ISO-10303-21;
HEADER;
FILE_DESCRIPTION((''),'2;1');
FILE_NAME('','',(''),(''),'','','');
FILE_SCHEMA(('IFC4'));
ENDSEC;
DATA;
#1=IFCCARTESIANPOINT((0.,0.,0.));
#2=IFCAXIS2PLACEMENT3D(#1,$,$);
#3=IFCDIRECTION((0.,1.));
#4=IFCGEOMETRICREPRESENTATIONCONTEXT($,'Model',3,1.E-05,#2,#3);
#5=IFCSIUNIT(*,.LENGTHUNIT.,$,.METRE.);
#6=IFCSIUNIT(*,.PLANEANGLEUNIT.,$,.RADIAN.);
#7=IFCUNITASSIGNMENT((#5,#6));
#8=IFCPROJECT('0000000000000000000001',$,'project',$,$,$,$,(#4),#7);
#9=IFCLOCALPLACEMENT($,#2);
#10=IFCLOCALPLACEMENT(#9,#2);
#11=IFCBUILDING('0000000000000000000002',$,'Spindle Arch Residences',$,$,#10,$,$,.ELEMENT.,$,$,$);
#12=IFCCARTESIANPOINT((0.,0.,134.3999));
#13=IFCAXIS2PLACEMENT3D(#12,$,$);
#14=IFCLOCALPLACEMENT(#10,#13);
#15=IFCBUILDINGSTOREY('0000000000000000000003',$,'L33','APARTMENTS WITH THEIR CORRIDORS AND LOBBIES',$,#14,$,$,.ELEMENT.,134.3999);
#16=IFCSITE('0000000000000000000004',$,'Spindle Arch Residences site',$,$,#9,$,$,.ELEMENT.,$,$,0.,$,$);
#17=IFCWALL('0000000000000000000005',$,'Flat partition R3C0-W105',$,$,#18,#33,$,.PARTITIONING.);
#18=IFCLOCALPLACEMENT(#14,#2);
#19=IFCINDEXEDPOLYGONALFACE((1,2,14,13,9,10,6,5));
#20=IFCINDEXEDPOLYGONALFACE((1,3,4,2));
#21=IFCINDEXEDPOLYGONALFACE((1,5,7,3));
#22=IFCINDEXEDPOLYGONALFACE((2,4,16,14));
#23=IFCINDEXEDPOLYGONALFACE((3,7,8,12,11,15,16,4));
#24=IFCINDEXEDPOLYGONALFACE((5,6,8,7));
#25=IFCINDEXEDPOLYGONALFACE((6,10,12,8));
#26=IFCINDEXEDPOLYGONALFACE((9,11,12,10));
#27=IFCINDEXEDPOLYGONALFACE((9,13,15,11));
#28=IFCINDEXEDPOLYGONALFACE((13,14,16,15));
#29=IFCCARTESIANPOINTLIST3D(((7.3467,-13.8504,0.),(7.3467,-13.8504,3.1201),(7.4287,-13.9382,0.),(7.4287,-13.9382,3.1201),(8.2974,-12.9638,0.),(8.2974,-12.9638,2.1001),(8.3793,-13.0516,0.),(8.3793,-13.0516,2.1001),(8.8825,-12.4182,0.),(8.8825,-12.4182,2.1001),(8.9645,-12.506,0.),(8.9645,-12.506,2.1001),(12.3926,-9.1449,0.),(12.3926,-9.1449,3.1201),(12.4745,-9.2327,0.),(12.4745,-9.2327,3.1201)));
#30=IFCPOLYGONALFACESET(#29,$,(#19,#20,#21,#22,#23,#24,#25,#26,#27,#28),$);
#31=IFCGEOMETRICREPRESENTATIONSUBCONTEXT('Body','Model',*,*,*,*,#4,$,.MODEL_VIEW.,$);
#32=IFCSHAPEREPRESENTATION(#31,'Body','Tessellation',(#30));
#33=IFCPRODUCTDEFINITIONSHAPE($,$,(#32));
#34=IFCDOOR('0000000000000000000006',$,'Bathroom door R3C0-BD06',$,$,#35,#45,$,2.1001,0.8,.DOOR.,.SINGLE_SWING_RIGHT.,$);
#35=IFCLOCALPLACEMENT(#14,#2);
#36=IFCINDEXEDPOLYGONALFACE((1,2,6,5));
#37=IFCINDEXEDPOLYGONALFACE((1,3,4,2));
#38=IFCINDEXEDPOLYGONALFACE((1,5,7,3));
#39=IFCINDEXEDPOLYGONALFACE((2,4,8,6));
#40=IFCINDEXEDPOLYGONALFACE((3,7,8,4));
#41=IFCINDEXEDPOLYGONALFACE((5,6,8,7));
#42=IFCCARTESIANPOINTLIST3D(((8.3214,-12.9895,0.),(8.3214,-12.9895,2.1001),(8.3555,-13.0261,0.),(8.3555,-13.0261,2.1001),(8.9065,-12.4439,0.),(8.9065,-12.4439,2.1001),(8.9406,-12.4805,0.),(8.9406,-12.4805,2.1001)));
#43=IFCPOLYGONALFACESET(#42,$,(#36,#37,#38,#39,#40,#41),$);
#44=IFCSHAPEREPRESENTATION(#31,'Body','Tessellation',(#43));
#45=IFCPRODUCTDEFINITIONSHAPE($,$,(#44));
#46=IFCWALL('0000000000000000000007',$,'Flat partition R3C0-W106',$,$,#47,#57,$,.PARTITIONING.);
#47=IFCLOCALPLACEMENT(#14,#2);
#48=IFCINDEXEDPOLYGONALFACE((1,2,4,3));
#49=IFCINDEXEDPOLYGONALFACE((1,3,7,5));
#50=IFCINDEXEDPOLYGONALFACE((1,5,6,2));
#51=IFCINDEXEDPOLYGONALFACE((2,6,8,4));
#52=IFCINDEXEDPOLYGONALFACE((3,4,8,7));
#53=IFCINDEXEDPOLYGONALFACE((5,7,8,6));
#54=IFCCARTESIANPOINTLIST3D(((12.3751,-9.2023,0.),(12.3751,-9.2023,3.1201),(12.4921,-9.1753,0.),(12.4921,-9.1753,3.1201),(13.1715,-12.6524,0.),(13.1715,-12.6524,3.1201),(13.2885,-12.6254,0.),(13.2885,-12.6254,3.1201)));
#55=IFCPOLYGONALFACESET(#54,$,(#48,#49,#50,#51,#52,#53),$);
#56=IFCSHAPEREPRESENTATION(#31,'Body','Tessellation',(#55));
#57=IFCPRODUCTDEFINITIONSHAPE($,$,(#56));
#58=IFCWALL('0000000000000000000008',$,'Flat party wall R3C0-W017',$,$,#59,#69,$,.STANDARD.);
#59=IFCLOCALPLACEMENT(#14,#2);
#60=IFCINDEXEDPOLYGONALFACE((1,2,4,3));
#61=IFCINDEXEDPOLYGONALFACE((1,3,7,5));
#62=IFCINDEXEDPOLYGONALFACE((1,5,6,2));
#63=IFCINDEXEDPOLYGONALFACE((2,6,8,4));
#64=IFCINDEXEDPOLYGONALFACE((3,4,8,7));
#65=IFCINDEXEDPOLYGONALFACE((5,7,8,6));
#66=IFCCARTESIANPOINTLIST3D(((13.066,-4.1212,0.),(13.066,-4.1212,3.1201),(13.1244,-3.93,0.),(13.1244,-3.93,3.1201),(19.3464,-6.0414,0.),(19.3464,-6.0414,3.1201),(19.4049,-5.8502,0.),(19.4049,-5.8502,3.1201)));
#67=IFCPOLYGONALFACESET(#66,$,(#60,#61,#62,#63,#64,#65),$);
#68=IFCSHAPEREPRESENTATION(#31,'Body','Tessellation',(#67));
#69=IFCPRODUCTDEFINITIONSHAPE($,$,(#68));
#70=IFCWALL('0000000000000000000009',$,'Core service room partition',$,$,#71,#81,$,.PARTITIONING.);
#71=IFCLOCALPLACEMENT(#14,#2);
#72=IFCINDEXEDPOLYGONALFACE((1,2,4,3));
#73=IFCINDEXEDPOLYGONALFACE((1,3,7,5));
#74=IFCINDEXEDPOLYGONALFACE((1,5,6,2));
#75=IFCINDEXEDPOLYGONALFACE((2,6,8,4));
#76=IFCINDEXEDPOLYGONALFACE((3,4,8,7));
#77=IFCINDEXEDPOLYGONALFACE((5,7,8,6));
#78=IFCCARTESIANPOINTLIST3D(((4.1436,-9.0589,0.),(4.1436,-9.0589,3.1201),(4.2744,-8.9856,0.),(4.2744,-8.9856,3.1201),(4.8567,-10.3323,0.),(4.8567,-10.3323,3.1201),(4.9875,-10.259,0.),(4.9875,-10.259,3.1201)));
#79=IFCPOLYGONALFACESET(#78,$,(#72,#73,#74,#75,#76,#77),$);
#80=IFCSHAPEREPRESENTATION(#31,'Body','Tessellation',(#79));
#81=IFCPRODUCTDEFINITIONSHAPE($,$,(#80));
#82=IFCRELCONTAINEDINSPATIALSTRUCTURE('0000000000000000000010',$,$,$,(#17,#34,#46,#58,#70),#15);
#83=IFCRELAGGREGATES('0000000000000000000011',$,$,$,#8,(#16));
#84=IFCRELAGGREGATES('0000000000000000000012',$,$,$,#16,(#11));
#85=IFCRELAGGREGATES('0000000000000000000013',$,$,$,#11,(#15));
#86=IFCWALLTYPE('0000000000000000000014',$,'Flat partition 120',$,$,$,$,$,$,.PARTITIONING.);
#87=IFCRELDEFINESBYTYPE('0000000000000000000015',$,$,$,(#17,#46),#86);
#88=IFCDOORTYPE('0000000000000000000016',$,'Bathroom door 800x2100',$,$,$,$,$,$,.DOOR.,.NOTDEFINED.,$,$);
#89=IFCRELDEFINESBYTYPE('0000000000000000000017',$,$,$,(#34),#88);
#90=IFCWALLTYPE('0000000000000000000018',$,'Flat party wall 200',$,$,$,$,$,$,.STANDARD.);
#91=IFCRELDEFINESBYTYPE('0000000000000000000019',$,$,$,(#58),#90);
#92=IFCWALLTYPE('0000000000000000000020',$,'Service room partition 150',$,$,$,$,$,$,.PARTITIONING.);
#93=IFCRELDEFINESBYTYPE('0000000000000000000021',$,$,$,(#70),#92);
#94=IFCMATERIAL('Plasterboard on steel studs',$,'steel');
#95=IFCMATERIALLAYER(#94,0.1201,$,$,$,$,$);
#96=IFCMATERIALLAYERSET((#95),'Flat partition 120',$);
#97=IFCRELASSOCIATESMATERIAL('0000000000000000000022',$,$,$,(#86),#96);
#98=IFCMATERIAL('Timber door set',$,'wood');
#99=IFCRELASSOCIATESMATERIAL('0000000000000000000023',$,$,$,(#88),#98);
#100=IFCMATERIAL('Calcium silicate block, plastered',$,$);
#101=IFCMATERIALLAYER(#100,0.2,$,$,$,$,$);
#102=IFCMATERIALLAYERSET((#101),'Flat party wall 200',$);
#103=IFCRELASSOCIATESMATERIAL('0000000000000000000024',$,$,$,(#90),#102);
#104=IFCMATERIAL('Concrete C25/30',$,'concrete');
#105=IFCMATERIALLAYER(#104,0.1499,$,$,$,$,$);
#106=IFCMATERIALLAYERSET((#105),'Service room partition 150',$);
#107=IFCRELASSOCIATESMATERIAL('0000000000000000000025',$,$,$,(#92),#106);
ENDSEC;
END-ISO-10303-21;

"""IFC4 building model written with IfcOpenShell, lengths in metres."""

from ifc_helpers import new_model, si_unit, direction, frame, frame_2d, origin, place, context, subcontext, project, spatial, rectangle, extrude, material, layer, layer_set, type_object, element, fill, save


model = new_model("IFC4")

# Units and contexts
model_context = context("Model", 3, precision=1e-05, world=origin(), true_north=direction((0.0, 1.0)))
body_context = subcontext(model_context, "Body", "Model", "MODEL_VIEW")
ifc_project = project(units=[si_unit("LENGTHUNIT", "METRE"), si_unit("PLANEANGLEUNIT", "RADIAN")], contexts=[model_context])

# Site, building, storey
site_placement = place(None, origin())
site = spatial("IfcSite", under=ifc_project, at=site_placement, Name="Spindle Arch Residences site", CompositionType="ELEMENT", RefElevation=0.0)
building_placement = place(site_placement, origin())
building = spatial("IfcBuilding", under=site, at=building_placement, Name="Spindle Arch Residences", CompositionType="ELEMENT")
storey_placement = place(building_placement, frame((0.0, 0.0, 134.3999)))
storey = spatial("IfcBuildingStorey", under=building, at=storey_placement, Name="L33", Description="APARTMENTS WITH THEIR CORRIDORS AND LOBBIES", CompositionType="ELEMENT", Elevation=134.3999)

# Wall, opening, door
ifc_material_1 = material(Name="Plasterboard on steel studs", Category="steel")
ifc_layer_1 = layer(ifc_material_1, 0.1201)
ifc_layer_set_1 = layer_set([ifc_layer_1], Name="Flat partition 120")
wall_type_1 = type_object("IfcWallType", Name="Flat partition 120", PredefinedType="PARTITIONING", material=ifc_layer_set_1)
wall_1_placement = place(storey_placement, frame((7.3877, -13.8943, 0.0), z_axis=(0.0, 0.0, 1.0), x_axis=(0.73134, 0.682013, 0.0)))
wall_1 = element("IfcWall", 1, at=wall_1_placement, inside=storey, type_object=wall_type_1, Name="Flat partition R3C0-W105", PredefinedType="PARTITIONING", context=body_context, shape_type="SweptSolid", body=[
    extrude(rectangle(XDim=6.8994, YDim=0.1201, at=frame_2d((3.4497, 0.0))), origin(), (0.0, 0.0, 1.0), 3.1201),
])
opening_1_placement = place(wall_1_placement, frame((1.3, 0.0, 0.0)))
opening_1 = element("IfcOpeningElement", 2, at=opening_1_placement, cuts=wall_1, PredefinedType="OPENING", context=body_context, shape_type="SweptSolid", body=[
    extrude(rectangle(XDim=0.8, YDim=2.1001, at=frame_2d((0.3999, 1.05))), frame((0.0, 0.0701, 0.0), z_axis=(0.0, -1.0, 0.0), x_axis=(1.0, 0.0, 0.0)), (0.0, 0.0, 1.0), 0.1401),
])
ifc_material_2 = material(Name="Timber door set", Category="wood")
door_type_1 = type_object("IfcDoorType", Name="Bathroom door 800x2100", OperationType="NOTDEFINED", PredefinedType="DOOR", material=ifc_material_2)
door_1_placement = place(opening_1_placement, origin())
door_1 = element("IfcDoor", 3, at=door_1_placement, inside=storey, type_object=door_type_1, Name="Bathroom door R3C0-BD06", OperationType="SINGLE_SWING_RIGHT", OverallHeight=2.1001, OverallWidth=0.8, PredefinedType="DOOR", context=body_context, shape_type="SweptSolid", body=[
    extrude(rectangle(XDim=0.8, YDim=2.1001, at=frame_2d((0.3999, 1.05))), frame((0.0, 0.0249, 0.0), z_axis=(0.0, -1.0, 0.0), x_axis=(1.0, 0.0, 0.0)), (0.0, 0.0, 1.0), 0.05),
])
fill(opening_1, door_1)

# Walls
wall_2_placement = place(storey_placement, frame((12.4336, -9.1887, 0.0), z_axis=(0.0, 0.0, 1.0), x_axis=(0.224925, -0.974376, 0.0)))
element("IfcWall", 4, at=wall_2_placement, inside=storey, type_object=wall_type_1, Name="Flat partition R3C0-W106", PredefinedType="PARTITIONING", context=body_context, shape_type="SweptSolid", body=[
    extrude(rectangle(XDim=3.5408, YDim=0.1201, at=frame_2d((1.7705, 0.0))), origin(), (0.0, 0.0, 1.0), 3.1201),
])
ifc_material_3 = material(Name="Calcium silicate block, plastered")
ifc_layer_2 = layer(ifc_material_3, 0.2)
ifc_layer_set_2 = layer_set([ifc_layer_2], Name="Flat party wall 200")
wall_type_2 = type_object("IfcWallType", Name="Flat party wall 200", PredefinedType="STANDARD", material=ifc_layer_set_2)
wall_3_placement = place(storey_placement, frame((13.0952, -4.0256, 0.0), z_axis=(0.0, 0.0, 1.0), x_axis=(0.956304, -0.292374, 0.0)))
element("IfcWall", 5, at=wall_3_placement, inside=storey, type_object=wall_type_2, Name="Flat party wall R3C0-W017", PredefinedType="STANDARD", context=body_context, shape_type="SweptSolid", body=[
    extrude(rectangle(XDim=6.5674, YDim=0.2, at=frame_2d((3.2837, 0.0))), origin(), (0.0, 0.0, 1.0), 3.1201),
])
ifc_material_4 = material(Name="Concrete C25/30", Category="concrete")
ifc_layer_3 = layer(ifc_material_4, 0.1499)
ifc_layer_set_3 = layer_set([ifc_layer_3], Name="Service room partition 150")
wall_type_3 = type_object("IfcWallType", Name="Service room partition 150", PredefinedType="PARTITIONING", material=ifc_layer_set_3)
wall_4_placement = place(storey_placement, frame((4.9221, -10.2957, 0.0), z_axis=(0.0, 0.0, 1.0), x_axis=(-0.488608, 0.872503, 0.0)))
element("IfcWall", 6, at=wall_4_placement, inside=storey, type_object=wall_type_3, Name="Core service room partition", PredefinedType="PARTITIONING", context=body_context, shape_type="SweptSolid", body=[
    extrude(rectangle(XDim=1.4595, YDim=0.1499, at=frame_2d((0.7297, 0.0))), origin(), (0.0, 0.0, 1.0), 3.1201),
])

save(model, "model.ifc")
